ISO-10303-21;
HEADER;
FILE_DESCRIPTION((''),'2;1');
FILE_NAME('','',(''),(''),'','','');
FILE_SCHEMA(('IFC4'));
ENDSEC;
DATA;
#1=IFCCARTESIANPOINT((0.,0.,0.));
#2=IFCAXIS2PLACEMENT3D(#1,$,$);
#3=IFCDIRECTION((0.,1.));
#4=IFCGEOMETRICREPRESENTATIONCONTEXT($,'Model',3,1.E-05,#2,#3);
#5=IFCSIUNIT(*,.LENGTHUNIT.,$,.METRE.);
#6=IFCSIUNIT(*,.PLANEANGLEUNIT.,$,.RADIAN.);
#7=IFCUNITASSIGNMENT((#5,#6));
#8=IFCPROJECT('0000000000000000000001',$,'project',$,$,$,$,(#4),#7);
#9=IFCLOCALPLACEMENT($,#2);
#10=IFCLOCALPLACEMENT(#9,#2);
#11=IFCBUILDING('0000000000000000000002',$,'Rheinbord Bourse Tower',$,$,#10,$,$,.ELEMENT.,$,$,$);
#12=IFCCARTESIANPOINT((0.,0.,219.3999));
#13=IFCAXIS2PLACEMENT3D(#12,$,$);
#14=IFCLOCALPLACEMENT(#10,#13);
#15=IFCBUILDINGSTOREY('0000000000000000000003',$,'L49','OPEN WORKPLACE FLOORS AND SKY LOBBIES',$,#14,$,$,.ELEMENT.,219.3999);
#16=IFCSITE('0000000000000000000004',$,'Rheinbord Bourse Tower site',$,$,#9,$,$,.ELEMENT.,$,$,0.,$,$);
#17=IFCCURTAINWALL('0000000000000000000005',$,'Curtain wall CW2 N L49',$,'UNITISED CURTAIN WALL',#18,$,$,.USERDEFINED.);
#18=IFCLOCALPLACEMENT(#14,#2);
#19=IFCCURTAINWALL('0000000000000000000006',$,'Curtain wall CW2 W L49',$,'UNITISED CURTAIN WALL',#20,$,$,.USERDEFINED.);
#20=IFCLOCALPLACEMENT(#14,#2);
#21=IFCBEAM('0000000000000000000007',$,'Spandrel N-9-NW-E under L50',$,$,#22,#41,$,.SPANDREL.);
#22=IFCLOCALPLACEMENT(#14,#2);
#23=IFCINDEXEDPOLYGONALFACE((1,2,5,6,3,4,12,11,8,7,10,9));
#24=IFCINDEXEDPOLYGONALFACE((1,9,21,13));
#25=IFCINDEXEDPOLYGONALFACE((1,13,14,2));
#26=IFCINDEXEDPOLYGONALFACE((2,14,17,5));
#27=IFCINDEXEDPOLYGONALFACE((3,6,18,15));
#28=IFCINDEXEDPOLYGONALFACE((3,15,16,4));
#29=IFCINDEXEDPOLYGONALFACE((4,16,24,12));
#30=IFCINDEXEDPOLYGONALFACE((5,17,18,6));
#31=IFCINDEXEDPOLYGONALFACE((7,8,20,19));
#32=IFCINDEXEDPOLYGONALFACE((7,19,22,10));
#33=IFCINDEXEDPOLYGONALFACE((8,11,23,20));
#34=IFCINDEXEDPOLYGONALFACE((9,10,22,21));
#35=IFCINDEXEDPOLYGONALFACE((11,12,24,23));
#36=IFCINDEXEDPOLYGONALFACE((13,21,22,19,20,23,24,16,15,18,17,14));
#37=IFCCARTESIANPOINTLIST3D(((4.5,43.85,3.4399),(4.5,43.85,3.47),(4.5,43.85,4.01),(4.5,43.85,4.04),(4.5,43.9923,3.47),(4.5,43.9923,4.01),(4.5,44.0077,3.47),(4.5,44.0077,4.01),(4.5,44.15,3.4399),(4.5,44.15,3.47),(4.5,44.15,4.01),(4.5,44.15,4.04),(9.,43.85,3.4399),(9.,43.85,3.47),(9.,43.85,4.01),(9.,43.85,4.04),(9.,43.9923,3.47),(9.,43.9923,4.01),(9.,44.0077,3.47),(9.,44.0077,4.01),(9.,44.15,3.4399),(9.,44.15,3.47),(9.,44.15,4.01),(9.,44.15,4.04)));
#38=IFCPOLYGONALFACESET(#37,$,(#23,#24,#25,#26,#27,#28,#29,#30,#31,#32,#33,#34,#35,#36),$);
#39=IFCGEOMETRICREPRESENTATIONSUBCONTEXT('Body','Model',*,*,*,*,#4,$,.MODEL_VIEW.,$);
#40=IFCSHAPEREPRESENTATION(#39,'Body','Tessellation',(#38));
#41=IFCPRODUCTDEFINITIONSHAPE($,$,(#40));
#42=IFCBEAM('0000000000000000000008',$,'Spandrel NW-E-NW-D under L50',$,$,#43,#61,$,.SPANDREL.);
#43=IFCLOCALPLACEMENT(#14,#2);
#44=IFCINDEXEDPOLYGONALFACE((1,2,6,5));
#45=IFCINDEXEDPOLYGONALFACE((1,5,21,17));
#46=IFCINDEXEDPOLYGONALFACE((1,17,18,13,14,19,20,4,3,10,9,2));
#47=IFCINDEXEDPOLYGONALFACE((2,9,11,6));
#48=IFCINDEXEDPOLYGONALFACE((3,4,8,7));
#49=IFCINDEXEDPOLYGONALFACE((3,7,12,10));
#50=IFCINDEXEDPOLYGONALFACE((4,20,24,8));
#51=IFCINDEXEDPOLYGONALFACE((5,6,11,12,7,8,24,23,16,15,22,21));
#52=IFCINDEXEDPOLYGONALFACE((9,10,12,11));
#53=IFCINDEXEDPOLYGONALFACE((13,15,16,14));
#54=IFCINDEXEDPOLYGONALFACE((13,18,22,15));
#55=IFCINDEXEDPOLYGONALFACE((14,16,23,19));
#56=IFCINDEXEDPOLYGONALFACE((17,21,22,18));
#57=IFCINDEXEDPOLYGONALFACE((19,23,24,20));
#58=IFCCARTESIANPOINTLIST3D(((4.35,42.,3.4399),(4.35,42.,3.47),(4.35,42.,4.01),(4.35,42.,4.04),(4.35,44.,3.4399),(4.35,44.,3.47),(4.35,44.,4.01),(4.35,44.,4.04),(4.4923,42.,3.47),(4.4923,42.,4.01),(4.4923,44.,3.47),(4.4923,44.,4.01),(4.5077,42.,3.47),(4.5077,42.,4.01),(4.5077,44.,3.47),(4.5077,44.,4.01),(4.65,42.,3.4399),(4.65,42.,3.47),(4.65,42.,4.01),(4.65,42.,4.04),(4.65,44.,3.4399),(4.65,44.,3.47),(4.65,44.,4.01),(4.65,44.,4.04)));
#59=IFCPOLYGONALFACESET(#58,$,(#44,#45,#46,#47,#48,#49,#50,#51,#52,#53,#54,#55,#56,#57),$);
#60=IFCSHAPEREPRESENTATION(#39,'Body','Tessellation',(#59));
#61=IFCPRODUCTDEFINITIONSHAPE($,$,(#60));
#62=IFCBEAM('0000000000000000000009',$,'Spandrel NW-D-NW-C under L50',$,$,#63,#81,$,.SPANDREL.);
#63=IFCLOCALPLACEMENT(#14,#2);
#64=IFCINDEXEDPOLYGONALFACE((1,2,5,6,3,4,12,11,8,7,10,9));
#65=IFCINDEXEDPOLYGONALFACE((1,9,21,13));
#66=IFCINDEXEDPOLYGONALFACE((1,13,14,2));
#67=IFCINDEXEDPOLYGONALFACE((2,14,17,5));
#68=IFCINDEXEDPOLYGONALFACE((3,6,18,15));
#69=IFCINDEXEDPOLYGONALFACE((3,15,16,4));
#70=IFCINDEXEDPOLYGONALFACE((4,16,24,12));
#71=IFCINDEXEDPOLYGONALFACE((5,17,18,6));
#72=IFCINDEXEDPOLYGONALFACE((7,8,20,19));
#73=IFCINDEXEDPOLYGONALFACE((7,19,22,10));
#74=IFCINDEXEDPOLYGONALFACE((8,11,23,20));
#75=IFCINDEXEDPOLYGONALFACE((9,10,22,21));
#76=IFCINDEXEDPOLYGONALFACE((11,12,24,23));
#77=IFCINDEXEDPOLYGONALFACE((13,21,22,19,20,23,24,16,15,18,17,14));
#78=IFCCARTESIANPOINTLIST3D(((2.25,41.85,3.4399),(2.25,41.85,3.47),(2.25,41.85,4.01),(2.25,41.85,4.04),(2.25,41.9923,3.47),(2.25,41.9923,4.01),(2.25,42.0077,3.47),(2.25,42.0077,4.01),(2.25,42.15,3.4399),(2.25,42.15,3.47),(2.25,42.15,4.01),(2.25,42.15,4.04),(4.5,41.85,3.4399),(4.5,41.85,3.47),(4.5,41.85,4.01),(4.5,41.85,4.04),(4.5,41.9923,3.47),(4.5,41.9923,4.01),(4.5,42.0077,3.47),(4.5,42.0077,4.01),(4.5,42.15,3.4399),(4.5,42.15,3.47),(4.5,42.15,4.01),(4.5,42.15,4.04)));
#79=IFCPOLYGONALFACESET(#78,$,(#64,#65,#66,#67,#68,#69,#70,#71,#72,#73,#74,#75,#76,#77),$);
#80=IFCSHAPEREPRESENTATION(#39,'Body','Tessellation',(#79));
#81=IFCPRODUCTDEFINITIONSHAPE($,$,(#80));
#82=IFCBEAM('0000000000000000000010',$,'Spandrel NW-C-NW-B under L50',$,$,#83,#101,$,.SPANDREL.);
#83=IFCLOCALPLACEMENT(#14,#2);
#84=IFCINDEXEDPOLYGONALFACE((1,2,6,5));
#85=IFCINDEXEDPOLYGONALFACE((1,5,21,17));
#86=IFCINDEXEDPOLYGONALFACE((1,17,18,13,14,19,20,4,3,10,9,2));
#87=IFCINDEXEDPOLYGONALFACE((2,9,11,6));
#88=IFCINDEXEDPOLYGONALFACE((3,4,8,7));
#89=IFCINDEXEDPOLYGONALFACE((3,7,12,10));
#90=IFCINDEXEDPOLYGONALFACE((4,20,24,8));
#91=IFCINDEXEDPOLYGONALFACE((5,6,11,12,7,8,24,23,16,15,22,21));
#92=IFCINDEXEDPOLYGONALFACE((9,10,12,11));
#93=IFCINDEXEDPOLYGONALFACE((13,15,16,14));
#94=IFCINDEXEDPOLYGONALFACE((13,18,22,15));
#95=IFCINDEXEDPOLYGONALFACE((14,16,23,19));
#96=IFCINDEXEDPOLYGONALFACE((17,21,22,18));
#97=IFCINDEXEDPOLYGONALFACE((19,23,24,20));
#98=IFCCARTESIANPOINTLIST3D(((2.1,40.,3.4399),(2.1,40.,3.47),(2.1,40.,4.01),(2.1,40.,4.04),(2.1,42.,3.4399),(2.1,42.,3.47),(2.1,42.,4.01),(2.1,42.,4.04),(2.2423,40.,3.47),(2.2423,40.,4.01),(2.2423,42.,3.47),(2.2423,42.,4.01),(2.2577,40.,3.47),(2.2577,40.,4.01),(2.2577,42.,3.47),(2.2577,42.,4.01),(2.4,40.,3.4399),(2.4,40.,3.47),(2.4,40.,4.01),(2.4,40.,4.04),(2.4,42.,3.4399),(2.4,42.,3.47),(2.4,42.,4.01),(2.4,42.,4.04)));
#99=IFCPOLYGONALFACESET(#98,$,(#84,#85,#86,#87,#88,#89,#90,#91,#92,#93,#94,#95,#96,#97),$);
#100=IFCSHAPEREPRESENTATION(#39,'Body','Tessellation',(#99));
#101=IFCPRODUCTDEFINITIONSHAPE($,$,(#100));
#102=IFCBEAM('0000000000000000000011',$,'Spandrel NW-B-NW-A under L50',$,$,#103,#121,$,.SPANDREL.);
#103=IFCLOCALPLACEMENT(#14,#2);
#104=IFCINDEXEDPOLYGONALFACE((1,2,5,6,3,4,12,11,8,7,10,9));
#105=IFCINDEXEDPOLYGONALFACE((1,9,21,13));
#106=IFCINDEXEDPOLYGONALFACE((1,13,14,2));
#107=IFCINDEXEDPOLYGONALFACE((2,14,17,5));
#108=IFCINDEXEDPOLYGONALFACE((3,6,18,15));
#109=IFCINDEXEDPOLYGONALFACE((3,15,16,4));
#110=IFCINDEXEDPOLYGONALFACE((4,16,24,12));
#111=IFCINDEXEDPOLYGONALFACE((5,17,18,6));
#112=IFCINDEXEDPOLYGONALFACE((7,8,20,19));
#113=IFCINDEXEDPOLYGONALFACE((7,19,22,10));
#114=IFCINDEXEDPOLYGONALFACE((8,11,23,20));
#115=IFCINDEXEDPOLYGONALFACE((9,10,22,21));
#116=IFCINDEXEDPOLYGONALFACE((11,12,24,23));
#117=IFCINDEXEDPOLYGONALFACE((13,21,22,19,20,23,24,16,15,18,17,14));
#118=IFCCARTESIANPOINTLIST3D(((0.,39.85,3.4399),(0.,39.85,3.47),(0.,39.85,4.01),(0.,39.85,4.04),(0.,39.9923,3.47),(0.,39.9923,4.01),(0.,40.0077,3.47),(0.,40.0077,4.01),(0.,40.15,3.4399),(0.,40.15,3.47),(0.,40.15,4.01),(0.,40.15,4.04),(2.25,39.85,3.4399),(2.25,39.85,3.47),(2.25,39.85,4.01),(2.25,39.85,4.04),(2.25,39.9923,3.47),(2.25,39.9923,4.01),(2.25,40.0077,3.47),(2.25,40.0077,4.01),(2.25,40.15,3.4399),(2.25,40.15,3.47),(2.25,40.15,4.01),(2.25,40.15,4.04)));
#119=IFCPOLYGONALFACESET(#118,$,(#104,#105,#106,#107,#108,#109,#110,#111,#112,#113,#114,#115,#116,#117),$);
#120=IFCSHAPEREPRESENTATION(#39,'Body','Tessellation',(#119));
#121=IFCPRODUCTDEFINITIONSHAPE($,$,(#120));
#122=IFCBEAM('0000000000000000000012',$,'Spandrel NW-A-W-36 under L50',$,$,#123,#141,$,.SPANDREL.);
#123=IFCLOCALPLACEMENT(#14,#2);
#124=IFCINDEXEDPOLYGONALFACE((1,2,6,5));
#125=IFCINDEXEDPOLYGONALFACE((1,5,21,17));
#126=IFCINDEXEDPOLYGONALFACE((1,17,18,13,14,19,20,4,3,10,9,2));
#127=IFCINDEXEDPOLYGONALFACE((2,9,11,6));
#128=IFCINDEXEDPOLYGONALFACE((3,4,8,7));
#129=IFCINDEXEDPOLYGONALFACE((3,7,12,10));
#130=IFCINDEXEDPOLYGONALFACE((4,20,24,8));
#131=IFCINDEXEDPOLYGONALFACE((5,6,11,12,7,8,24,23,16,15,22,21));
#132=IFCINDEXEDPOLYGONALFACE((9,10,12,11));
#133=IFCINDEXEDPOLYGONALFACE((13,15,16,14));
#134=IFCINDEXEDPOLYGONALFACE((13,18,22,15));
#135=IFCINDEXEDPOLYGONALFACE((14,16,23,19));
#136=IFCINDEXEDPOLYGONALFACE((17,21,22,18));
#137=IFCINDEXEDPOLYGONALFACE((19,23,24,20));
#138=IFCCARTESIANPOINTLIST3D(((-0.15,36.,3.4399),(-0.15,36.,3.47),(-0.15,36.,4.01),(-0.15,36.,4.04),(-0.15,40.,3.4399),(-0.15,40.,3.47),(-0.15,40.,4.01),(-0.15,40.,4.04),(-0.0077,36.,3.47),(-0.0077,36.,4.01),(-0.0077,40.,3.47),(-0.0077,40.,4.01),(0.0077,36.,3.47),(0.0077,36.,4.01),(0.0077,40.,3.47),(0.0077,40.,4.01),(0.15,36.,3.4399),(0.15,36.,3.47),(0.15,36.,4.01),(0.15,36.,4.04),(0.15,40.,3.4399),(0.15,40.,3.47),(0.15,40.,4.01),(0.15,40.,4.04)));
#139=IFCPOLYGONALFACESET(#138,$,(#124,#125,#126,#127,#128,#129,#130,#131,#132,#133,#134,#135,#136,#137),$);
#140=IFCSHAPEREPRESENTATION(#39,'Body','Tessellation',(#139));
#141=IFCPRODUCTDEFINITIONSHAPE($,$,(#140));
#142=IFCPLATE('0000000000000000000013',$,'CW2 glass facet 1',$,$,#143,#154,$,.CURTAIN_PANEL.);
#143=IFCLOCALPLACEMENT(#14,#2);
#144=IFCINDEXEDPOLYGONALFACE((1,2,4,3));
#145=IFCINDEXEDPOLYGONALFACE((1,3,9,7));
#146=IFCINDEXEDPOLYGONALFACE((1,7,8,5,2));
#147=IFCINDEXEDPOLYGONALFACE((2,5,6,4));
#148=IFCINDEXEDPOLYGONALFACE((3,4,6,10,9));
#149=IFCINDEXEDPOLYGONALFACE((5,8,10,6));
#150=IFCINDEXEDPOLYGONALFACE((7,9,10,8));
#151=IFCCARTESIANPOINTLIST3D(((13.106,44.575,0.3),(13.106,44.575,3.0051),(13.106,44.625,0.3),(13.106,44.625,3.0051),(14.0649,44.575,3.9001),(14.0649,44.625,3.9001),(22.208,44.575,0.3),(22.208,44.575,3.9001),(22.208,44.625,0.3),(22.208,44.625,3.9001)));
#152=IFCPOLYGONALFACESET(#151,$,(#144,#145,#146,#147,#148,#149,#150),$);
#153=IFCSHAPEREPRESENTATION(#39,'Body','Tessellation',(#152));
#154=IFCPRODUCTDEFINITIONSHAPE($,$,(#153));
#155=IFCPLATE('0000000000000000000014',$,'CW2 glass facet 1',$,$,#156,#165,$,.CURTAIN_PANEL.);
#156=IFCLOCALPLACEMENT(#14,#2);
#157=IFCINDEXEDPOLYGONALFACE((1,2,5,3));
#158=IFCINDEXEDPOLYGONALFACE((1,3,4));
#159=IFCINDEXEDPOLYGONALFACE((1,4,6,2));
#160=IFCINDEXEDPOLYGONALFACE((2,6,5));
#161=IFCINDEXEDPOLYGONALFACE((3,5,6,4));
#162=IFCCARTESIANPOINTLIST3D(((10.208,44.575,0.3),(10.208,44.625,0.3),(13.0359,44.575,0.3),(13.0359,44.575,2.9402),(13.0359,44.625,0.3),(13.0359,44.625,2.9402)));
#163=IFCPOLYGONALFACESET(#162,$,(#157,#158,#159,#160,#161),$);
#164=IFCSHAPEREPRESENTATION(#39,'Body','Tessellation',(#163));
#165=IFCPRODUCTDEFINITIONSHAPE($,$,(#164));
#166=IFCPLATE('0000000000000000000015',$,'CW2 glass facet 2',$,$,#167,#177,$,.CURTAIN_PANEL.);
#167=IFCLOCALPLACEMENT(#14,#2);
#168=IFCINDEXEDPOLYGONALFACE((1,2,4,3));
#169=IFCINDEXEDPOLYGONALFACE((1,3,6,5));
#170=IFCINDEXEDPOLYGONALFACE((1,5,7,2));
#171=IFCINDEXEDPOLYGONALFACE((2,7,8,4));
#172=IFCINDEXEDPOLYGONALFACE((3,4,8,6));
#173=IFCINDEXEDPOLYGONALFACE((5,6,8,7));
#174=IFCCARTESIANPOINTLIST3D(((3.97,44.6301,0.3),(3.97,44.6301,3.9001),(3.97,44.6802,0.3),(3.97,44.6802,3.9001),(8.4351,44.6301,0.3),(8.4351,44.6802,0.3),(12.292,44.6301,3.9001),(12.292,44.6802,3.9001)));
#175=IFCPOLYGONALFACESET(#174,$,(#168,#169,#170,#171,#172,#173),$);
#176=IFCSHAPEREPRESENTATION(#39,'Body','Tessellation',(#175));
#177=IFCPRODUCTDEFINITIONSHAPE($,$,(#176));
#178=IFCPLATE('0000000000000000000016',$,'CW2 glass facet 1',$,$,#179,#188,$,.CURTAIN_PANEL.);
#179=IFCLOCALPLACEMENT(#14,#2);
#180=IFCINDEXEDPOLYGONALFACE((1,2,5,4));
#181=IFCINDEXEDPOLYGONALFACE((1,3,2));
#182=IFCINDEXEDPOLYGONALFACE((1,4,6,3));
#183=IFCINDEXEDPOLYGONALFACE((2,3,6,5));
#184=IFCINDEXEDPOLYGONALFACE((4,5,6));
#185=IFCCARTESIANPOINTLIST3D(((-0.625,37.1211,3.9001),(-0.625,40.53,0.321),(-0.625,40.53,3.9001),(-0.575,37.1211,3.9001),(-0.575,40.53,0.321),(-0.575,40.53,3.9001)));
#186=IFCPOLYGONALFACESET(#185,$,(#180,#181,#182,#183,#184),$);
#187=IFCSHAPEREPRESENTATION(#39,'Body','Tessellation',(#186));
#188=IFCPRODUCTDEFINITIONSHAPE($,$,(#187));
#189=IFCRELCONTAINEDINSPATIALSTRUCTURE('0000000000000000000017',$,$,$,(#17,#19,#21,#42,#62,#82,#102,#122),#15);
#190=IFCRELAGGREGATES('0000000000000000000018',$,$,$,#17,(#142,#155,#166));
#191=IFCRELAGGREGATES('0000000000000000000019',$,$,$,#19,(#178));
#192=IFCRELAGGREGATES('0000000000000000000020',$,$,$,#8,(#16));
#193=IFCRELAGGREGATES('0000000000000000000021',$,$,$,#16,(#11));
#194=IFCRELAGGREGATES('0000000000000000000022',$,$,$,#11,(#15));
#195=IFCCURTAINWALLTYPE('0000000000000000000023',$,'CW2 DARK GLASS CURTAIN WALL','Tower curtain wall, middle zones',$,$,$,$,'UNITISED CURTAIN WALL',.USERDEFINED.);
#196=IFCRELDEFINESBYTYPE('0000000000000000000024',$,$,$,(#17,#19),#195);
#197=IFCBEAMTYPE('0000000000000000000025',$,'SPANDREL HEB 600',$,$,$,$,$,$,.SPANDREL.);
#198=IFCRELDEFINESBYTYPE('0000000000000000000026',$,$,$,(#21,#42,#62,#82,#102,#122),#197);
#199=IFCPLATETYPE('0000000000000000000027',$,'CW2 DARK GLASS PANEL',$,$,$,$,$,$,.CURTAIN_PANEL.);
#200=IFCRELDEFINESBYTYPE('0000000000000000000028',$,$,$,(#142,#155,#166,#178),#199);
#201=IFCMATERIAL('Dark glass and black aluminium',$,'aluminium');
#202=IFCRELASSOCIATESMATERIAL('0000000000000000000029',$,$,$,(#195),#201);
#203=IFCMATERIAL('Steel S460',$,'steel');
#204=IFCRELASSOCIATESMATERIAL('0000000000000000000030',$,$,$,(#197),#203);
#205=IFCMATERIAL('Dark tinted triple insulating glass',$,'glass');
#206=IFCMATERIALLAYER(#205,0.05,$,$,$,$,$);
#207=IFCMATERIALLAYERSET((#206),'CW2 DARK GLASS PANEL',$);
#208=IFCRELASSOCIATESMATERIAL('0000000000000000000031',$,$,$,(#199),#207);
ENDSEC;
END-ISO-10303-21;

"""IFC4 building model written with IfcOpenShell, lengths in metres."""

from ifc_helpers import new_model, si_unit, direction, frame, origin, origin_2d, place, context, subcontext, project, spatial, polyline, i_section, outline, extrude, material, layer, layer_set, material_profile, profile_set, type_object, element, aggregate, save


model = new_model("IFC4")

# Units and contexts
model_context = context("Model", 3, precision=1e-05, world=origin(), true_north=direction((0.0, 1.0)))
body_context = subcontext(model_context, "Body", "Model", "MODEL_VIEW")
ifc_project = project(units=[si_unit("LENGTHUNIT", "METRE"), si_unit("PLANEANGLEUNIT", "RADIAN")], contexts=[model_context])

# Site, building, storey
site_placement = place(None, origin())
site = spatial("IfcSite", under=ifc_project, at=site_placement, Name="Rheinbord Bourse Tower site", CompositionType="ELEMENT", RefElevation=0.0)
building_placement = place(site_placement, origin())
building = spatial("IfcBuilding", under=site, at=building_placement, Name="Rheinbord Bourse Tower", CompositionType="ELEMENT")
storey_placement = place(building_placement, frame((0.0, 0.0, 219.3999)))
storey = spatial("IfcBuildingStorey", under=building, at=storey_placement, Name="L49", Description="OPEN WORKPLACE FLOORS AND SKY LOBBIES", CompositionType="ELEMENT", Elevation=219.3999)

# Curtain wall
ifc_material_1 = material(Name="Dark glass and black aluminium", Category="aluminium")
curtain_wall_type = type_object("IfcCurtainWallType", Name="CW2 DARK GLASS CURTAIN WALL", Description="Tower curtain wall, middle zones", ElementType="UNITISED CURTAIN WALL", PredefinedType="USERDEFINED", material=ifc_material_1)
curtain_wall_1_placement = place(storey_placement, origin())
curtain_wall_1 = element("IfcCurtainWall", 1, at=curtain_wall_1_placement, inside=storey, type_object=curtain_wall_type, Name="Curtain wall CW2 N L49", ObjectType="UNITISED CURTAIN WALL", PredefinedType="USERDEFINED")

# Curtain wall
curtain_wall_2_placement = place(storey_placement, origin())
curtain_wall_2 = element("IfcCurtainWall", 2, at=curtain_wall_2_placement, inside=storey, type_object=curtain_wall_type, Name="Curtain wall CW2 W L49", ObjectType="UNITISED CURTAIN WALL", PredefinedType="USERDEFINED")

# Beams
ifc_material_2 = material(Name="Steel S460", Category="steel")
ifc_material_profile_1 = material_profile(ifc_material_2, i_section(OverallWidth=0.3, OverallDepth=0.6001, WebThickness=0.0154, FlangeThickness=0.03, at=origin_2d()), Name="HEB 600")
ifc_profile_set_1 = profile_set([ifc_material_profile_1], Name="Steel S460")
beam_type_1 = type_object("IfcBeamType", Name="SPANDREL HEB 600", PredefinedType="SPANDREL", material=ifc_profile_set_1)
beam_1_placement = place(storey_placement, frame((9.0, 44.0, 3.74), z_axis=(-1.0, 0.0, 0.0), x_axis=(0.0, -1.0, 0.0)))
element("IfcBeam", 3, at=beam_1_placement, inside=storey, type_object=beam_type_1, Name="Spandrel N-9-NW-E under L50", PredefinedType="SPANDREL", context=body_context, shape_type="SweptSolid", body=[
    extrude(i_section(OverallWidth=0.3, OverallDepth=0.6001, WebThickness=0.0154, FlangeThickness=0.03, at=origin_2d()), origin(), (0.0, 0.0, 1.0), 4.5),
])
beam_2_placement = place(storey_placement, frame((4.5, 44.0, 3.74), z_axis=(0.0, -1.0, 0.0), x_axis=(1.0, 0.0, 0.0)))
element("IfcBeam", 4, at=beam_2_placement, inside=storey, type_object=beam_type_1, Name="Spandrel NW-E-NW-D under L50", PredefinedType="SPANDREL", context=body_context, shape_type="SweptSolid", body=[
    extrude(i_section(OverallWidth=0.3, OverallDepth=0.6001, WebThickness=0.0154, FlangeThickness=0.03, at=origin_2d()), origin(), (0.0, 0.0, 1.0), 2.0),
])
beam_3_placement = place(storey_placement, frame((4.5, 42.0, 3.74), z_axis=(-1.0, 0.0, 0.0), x_axis=(0.0, -1.0, 0.0)))
element("IfcBeam", 5, at=beam_3_placement, inside=storey, type_object=beam_type_1, Name="Spandrel NW-D-NW-C under L50", PredefinedType="SPANDREL", context=body_context, shape_type="SweptSolid", body=[
    extrude(i_section(OverallWidth=0.3, OverallDepth=0.6001, WebThickness=0.0154, FlangeThickness=0.03, at=origin_2d()), origin(), (0.0, 0.0, 1.0), 2.25),
])
beam_4_placement = place(storey_placement, frame((2.25, 42.0, 3.74), z_axis=(0.0, -1.0, 0.0), x_axis=(1.0, 0.0, 0.0)))
element("IfcBeam", 6, at=beam_4_placement, inside=storey, type_object=beam_type_1, Name="Spandrel NW-C-NW-B under L50", PredefinedType="SPANDREL", context=body_context, shape_type="SweptSolid", body=[
    extrude(i_section(OverallWidth=0.3, OverallDepth=0.6001, WebThickness=0.0154, FlangeThickness=0.03, at=origin_2d()), origin(), (0.0, 0.0, 1.0), 2.0),
])
beam_5_placement = place(storey_placement, frame((2.25, 40.0, 3.74), z_axis=(-1.0, 0.0, 0.0), x_axis=(0.0, -1.0, 0.0)))
element("IfcBeam", 7, at=beam_5_placement, inside=storey, type_object=beam_type_1, Name="Spandrel NW-B-NW-A under L50", PredefinedType="SPANDREL", context=body_context, shape_type="SweptSolid", body=[
    extrude(i_section(OverallWidth=0.3, OverallDepth=0.6001, WebThickness=0.0154, FlangeThickness=0.03, at=origin_2d()), origin(), (0.0, 0.0, 1.0), 2.25),
])
beam_6_placement = place(storey_placement, frame((0.0, 40.0, 3.74), z_axis=(0.0, -1.0, 0.0), x_axis=(1.0, 0.0, 0.0)))
element("IfcBeam", 8, at=beam_6_placement, inside=storey, type_object=beam_type_1, Name="Spandrel NW-A-W-36 under L50", PredefinedType="SPANDREL", context=body_context, shape_type="SweptSolid", body=[
    extrude(i_section(OverallWidth=0.3, OverallDepth=0.6001, WebThickness=0.0154, FlangeThickness=0.03, at=origin_2d()), origin(), (0.0, 0.0, 1.0), 4.0),
])

# Plates
ifc_material_3 = material(Name="Dark tinted triple insulating glass", Category="glass")
ifc_layer_1 = layer(ifc_material_3, 0.05)
ifc_layer_set_1 = layer_set([ifc_layer_1], Name="CW2 DARK GLASS PANEL")
plate_type = type_object("IfcPlateType", Name="CW2 DARK GLASS PANEL", PredefinedType="CURTAIN_PANEL", material=ifc_layer_set_1)
plate_1_placement = place(storey_placement, frame((13.106, 44.625, 0.3), z_axis=(0.0, -1.0, 0.0), x_axis=(1.0, 0.0, 0.0)))
plate_1 = element("IfcPlate", 9, at=plate_1_placement, type_object=plate_type, Name="CW2 glass facet 1", PredefinedType="CURTAIN_PANEL", context=body_context, shape_type="SweptSolid", body=[
    extrude(outline(polyline([(0.0, 0.0), (9.1021, 0.0), (9.1021, 3.6001), (0.959, 3.6001), (0.0, 2.7051), (0.0, 0.0)])), origin(), (0.0, 0.0, 1.0), 0.05),
])
plate_2_placement = place(storey_placement, frame((13.0359, 44.625, 0.3), z_axis=(0.0, -1.0, 0.0), x_axis=(0.0, 0.0, 1.0)))
plate_2 = element("IfcPlate", 10, at=plate_2_placement, type_object=plate_type, Name="CW2 glass facet 1", PredefinedType="CURTAIN_PANEL", context=body_context, shape_type="SweptSolid", body=[
    extrude(outline(polyline([(0.0, 0.0), (2.6401, 0.0), (0.0, 2.8279), (0.0, 0.0)])), origin(), (0.0, 0.0, 1.0), 0.05),
])
plate_3_placement = place(storey_placement, frame((3.97, 44.6802, 3.9001), z_axis=(0.0, -1.0, 0.0), x_axis=(0.0, 0.0, -1.0)))
plate_3 = element("IfcPlate", 11, at=plate_3_placement, type_object=plate_type, Name="CW2 glass facet 2", PredefinedType="CURTAIN_PANEL", context=body_context, shape_type="SweptSolid", body=[
    extrude(outline(polyline([(0.0, 0.0), (3.6001, 0.0), (3.6001, 4.4651), (0.0, 8.322), (0.0, 0.0)])), origin(), (0.0, 0.0, 1.0), 0.05),
])
aggregate(curtain_wall_1, [plate_1, plate_2, plate_3])
plate_4_placement = place(storey_placement, frame((-0.625, 40.53, 3.9001), z_axis=(1.0, 0.0, 0.0), x_axis=(0.0, -1.0, 0.0)))
plate_4 = element("IfcPlate", 12, at=plate_4_placement, type_object=plate_type, Name="CW2 glass facet 1", PredefinedType="CURTAIN_PANEL", context=body_context, shape_type="SweptSolid", body=[
    extrude(outline(polyline([(0.0, 0.0), (3.4089, 0.0), (0.0, 3.5791), (0.0, 0.0)])), origin(), (0.0, 0.0, 1.0), 0.05),
])
aggregate(curtain_wall_2, [plate_4])

save(model, "model.ifc")
